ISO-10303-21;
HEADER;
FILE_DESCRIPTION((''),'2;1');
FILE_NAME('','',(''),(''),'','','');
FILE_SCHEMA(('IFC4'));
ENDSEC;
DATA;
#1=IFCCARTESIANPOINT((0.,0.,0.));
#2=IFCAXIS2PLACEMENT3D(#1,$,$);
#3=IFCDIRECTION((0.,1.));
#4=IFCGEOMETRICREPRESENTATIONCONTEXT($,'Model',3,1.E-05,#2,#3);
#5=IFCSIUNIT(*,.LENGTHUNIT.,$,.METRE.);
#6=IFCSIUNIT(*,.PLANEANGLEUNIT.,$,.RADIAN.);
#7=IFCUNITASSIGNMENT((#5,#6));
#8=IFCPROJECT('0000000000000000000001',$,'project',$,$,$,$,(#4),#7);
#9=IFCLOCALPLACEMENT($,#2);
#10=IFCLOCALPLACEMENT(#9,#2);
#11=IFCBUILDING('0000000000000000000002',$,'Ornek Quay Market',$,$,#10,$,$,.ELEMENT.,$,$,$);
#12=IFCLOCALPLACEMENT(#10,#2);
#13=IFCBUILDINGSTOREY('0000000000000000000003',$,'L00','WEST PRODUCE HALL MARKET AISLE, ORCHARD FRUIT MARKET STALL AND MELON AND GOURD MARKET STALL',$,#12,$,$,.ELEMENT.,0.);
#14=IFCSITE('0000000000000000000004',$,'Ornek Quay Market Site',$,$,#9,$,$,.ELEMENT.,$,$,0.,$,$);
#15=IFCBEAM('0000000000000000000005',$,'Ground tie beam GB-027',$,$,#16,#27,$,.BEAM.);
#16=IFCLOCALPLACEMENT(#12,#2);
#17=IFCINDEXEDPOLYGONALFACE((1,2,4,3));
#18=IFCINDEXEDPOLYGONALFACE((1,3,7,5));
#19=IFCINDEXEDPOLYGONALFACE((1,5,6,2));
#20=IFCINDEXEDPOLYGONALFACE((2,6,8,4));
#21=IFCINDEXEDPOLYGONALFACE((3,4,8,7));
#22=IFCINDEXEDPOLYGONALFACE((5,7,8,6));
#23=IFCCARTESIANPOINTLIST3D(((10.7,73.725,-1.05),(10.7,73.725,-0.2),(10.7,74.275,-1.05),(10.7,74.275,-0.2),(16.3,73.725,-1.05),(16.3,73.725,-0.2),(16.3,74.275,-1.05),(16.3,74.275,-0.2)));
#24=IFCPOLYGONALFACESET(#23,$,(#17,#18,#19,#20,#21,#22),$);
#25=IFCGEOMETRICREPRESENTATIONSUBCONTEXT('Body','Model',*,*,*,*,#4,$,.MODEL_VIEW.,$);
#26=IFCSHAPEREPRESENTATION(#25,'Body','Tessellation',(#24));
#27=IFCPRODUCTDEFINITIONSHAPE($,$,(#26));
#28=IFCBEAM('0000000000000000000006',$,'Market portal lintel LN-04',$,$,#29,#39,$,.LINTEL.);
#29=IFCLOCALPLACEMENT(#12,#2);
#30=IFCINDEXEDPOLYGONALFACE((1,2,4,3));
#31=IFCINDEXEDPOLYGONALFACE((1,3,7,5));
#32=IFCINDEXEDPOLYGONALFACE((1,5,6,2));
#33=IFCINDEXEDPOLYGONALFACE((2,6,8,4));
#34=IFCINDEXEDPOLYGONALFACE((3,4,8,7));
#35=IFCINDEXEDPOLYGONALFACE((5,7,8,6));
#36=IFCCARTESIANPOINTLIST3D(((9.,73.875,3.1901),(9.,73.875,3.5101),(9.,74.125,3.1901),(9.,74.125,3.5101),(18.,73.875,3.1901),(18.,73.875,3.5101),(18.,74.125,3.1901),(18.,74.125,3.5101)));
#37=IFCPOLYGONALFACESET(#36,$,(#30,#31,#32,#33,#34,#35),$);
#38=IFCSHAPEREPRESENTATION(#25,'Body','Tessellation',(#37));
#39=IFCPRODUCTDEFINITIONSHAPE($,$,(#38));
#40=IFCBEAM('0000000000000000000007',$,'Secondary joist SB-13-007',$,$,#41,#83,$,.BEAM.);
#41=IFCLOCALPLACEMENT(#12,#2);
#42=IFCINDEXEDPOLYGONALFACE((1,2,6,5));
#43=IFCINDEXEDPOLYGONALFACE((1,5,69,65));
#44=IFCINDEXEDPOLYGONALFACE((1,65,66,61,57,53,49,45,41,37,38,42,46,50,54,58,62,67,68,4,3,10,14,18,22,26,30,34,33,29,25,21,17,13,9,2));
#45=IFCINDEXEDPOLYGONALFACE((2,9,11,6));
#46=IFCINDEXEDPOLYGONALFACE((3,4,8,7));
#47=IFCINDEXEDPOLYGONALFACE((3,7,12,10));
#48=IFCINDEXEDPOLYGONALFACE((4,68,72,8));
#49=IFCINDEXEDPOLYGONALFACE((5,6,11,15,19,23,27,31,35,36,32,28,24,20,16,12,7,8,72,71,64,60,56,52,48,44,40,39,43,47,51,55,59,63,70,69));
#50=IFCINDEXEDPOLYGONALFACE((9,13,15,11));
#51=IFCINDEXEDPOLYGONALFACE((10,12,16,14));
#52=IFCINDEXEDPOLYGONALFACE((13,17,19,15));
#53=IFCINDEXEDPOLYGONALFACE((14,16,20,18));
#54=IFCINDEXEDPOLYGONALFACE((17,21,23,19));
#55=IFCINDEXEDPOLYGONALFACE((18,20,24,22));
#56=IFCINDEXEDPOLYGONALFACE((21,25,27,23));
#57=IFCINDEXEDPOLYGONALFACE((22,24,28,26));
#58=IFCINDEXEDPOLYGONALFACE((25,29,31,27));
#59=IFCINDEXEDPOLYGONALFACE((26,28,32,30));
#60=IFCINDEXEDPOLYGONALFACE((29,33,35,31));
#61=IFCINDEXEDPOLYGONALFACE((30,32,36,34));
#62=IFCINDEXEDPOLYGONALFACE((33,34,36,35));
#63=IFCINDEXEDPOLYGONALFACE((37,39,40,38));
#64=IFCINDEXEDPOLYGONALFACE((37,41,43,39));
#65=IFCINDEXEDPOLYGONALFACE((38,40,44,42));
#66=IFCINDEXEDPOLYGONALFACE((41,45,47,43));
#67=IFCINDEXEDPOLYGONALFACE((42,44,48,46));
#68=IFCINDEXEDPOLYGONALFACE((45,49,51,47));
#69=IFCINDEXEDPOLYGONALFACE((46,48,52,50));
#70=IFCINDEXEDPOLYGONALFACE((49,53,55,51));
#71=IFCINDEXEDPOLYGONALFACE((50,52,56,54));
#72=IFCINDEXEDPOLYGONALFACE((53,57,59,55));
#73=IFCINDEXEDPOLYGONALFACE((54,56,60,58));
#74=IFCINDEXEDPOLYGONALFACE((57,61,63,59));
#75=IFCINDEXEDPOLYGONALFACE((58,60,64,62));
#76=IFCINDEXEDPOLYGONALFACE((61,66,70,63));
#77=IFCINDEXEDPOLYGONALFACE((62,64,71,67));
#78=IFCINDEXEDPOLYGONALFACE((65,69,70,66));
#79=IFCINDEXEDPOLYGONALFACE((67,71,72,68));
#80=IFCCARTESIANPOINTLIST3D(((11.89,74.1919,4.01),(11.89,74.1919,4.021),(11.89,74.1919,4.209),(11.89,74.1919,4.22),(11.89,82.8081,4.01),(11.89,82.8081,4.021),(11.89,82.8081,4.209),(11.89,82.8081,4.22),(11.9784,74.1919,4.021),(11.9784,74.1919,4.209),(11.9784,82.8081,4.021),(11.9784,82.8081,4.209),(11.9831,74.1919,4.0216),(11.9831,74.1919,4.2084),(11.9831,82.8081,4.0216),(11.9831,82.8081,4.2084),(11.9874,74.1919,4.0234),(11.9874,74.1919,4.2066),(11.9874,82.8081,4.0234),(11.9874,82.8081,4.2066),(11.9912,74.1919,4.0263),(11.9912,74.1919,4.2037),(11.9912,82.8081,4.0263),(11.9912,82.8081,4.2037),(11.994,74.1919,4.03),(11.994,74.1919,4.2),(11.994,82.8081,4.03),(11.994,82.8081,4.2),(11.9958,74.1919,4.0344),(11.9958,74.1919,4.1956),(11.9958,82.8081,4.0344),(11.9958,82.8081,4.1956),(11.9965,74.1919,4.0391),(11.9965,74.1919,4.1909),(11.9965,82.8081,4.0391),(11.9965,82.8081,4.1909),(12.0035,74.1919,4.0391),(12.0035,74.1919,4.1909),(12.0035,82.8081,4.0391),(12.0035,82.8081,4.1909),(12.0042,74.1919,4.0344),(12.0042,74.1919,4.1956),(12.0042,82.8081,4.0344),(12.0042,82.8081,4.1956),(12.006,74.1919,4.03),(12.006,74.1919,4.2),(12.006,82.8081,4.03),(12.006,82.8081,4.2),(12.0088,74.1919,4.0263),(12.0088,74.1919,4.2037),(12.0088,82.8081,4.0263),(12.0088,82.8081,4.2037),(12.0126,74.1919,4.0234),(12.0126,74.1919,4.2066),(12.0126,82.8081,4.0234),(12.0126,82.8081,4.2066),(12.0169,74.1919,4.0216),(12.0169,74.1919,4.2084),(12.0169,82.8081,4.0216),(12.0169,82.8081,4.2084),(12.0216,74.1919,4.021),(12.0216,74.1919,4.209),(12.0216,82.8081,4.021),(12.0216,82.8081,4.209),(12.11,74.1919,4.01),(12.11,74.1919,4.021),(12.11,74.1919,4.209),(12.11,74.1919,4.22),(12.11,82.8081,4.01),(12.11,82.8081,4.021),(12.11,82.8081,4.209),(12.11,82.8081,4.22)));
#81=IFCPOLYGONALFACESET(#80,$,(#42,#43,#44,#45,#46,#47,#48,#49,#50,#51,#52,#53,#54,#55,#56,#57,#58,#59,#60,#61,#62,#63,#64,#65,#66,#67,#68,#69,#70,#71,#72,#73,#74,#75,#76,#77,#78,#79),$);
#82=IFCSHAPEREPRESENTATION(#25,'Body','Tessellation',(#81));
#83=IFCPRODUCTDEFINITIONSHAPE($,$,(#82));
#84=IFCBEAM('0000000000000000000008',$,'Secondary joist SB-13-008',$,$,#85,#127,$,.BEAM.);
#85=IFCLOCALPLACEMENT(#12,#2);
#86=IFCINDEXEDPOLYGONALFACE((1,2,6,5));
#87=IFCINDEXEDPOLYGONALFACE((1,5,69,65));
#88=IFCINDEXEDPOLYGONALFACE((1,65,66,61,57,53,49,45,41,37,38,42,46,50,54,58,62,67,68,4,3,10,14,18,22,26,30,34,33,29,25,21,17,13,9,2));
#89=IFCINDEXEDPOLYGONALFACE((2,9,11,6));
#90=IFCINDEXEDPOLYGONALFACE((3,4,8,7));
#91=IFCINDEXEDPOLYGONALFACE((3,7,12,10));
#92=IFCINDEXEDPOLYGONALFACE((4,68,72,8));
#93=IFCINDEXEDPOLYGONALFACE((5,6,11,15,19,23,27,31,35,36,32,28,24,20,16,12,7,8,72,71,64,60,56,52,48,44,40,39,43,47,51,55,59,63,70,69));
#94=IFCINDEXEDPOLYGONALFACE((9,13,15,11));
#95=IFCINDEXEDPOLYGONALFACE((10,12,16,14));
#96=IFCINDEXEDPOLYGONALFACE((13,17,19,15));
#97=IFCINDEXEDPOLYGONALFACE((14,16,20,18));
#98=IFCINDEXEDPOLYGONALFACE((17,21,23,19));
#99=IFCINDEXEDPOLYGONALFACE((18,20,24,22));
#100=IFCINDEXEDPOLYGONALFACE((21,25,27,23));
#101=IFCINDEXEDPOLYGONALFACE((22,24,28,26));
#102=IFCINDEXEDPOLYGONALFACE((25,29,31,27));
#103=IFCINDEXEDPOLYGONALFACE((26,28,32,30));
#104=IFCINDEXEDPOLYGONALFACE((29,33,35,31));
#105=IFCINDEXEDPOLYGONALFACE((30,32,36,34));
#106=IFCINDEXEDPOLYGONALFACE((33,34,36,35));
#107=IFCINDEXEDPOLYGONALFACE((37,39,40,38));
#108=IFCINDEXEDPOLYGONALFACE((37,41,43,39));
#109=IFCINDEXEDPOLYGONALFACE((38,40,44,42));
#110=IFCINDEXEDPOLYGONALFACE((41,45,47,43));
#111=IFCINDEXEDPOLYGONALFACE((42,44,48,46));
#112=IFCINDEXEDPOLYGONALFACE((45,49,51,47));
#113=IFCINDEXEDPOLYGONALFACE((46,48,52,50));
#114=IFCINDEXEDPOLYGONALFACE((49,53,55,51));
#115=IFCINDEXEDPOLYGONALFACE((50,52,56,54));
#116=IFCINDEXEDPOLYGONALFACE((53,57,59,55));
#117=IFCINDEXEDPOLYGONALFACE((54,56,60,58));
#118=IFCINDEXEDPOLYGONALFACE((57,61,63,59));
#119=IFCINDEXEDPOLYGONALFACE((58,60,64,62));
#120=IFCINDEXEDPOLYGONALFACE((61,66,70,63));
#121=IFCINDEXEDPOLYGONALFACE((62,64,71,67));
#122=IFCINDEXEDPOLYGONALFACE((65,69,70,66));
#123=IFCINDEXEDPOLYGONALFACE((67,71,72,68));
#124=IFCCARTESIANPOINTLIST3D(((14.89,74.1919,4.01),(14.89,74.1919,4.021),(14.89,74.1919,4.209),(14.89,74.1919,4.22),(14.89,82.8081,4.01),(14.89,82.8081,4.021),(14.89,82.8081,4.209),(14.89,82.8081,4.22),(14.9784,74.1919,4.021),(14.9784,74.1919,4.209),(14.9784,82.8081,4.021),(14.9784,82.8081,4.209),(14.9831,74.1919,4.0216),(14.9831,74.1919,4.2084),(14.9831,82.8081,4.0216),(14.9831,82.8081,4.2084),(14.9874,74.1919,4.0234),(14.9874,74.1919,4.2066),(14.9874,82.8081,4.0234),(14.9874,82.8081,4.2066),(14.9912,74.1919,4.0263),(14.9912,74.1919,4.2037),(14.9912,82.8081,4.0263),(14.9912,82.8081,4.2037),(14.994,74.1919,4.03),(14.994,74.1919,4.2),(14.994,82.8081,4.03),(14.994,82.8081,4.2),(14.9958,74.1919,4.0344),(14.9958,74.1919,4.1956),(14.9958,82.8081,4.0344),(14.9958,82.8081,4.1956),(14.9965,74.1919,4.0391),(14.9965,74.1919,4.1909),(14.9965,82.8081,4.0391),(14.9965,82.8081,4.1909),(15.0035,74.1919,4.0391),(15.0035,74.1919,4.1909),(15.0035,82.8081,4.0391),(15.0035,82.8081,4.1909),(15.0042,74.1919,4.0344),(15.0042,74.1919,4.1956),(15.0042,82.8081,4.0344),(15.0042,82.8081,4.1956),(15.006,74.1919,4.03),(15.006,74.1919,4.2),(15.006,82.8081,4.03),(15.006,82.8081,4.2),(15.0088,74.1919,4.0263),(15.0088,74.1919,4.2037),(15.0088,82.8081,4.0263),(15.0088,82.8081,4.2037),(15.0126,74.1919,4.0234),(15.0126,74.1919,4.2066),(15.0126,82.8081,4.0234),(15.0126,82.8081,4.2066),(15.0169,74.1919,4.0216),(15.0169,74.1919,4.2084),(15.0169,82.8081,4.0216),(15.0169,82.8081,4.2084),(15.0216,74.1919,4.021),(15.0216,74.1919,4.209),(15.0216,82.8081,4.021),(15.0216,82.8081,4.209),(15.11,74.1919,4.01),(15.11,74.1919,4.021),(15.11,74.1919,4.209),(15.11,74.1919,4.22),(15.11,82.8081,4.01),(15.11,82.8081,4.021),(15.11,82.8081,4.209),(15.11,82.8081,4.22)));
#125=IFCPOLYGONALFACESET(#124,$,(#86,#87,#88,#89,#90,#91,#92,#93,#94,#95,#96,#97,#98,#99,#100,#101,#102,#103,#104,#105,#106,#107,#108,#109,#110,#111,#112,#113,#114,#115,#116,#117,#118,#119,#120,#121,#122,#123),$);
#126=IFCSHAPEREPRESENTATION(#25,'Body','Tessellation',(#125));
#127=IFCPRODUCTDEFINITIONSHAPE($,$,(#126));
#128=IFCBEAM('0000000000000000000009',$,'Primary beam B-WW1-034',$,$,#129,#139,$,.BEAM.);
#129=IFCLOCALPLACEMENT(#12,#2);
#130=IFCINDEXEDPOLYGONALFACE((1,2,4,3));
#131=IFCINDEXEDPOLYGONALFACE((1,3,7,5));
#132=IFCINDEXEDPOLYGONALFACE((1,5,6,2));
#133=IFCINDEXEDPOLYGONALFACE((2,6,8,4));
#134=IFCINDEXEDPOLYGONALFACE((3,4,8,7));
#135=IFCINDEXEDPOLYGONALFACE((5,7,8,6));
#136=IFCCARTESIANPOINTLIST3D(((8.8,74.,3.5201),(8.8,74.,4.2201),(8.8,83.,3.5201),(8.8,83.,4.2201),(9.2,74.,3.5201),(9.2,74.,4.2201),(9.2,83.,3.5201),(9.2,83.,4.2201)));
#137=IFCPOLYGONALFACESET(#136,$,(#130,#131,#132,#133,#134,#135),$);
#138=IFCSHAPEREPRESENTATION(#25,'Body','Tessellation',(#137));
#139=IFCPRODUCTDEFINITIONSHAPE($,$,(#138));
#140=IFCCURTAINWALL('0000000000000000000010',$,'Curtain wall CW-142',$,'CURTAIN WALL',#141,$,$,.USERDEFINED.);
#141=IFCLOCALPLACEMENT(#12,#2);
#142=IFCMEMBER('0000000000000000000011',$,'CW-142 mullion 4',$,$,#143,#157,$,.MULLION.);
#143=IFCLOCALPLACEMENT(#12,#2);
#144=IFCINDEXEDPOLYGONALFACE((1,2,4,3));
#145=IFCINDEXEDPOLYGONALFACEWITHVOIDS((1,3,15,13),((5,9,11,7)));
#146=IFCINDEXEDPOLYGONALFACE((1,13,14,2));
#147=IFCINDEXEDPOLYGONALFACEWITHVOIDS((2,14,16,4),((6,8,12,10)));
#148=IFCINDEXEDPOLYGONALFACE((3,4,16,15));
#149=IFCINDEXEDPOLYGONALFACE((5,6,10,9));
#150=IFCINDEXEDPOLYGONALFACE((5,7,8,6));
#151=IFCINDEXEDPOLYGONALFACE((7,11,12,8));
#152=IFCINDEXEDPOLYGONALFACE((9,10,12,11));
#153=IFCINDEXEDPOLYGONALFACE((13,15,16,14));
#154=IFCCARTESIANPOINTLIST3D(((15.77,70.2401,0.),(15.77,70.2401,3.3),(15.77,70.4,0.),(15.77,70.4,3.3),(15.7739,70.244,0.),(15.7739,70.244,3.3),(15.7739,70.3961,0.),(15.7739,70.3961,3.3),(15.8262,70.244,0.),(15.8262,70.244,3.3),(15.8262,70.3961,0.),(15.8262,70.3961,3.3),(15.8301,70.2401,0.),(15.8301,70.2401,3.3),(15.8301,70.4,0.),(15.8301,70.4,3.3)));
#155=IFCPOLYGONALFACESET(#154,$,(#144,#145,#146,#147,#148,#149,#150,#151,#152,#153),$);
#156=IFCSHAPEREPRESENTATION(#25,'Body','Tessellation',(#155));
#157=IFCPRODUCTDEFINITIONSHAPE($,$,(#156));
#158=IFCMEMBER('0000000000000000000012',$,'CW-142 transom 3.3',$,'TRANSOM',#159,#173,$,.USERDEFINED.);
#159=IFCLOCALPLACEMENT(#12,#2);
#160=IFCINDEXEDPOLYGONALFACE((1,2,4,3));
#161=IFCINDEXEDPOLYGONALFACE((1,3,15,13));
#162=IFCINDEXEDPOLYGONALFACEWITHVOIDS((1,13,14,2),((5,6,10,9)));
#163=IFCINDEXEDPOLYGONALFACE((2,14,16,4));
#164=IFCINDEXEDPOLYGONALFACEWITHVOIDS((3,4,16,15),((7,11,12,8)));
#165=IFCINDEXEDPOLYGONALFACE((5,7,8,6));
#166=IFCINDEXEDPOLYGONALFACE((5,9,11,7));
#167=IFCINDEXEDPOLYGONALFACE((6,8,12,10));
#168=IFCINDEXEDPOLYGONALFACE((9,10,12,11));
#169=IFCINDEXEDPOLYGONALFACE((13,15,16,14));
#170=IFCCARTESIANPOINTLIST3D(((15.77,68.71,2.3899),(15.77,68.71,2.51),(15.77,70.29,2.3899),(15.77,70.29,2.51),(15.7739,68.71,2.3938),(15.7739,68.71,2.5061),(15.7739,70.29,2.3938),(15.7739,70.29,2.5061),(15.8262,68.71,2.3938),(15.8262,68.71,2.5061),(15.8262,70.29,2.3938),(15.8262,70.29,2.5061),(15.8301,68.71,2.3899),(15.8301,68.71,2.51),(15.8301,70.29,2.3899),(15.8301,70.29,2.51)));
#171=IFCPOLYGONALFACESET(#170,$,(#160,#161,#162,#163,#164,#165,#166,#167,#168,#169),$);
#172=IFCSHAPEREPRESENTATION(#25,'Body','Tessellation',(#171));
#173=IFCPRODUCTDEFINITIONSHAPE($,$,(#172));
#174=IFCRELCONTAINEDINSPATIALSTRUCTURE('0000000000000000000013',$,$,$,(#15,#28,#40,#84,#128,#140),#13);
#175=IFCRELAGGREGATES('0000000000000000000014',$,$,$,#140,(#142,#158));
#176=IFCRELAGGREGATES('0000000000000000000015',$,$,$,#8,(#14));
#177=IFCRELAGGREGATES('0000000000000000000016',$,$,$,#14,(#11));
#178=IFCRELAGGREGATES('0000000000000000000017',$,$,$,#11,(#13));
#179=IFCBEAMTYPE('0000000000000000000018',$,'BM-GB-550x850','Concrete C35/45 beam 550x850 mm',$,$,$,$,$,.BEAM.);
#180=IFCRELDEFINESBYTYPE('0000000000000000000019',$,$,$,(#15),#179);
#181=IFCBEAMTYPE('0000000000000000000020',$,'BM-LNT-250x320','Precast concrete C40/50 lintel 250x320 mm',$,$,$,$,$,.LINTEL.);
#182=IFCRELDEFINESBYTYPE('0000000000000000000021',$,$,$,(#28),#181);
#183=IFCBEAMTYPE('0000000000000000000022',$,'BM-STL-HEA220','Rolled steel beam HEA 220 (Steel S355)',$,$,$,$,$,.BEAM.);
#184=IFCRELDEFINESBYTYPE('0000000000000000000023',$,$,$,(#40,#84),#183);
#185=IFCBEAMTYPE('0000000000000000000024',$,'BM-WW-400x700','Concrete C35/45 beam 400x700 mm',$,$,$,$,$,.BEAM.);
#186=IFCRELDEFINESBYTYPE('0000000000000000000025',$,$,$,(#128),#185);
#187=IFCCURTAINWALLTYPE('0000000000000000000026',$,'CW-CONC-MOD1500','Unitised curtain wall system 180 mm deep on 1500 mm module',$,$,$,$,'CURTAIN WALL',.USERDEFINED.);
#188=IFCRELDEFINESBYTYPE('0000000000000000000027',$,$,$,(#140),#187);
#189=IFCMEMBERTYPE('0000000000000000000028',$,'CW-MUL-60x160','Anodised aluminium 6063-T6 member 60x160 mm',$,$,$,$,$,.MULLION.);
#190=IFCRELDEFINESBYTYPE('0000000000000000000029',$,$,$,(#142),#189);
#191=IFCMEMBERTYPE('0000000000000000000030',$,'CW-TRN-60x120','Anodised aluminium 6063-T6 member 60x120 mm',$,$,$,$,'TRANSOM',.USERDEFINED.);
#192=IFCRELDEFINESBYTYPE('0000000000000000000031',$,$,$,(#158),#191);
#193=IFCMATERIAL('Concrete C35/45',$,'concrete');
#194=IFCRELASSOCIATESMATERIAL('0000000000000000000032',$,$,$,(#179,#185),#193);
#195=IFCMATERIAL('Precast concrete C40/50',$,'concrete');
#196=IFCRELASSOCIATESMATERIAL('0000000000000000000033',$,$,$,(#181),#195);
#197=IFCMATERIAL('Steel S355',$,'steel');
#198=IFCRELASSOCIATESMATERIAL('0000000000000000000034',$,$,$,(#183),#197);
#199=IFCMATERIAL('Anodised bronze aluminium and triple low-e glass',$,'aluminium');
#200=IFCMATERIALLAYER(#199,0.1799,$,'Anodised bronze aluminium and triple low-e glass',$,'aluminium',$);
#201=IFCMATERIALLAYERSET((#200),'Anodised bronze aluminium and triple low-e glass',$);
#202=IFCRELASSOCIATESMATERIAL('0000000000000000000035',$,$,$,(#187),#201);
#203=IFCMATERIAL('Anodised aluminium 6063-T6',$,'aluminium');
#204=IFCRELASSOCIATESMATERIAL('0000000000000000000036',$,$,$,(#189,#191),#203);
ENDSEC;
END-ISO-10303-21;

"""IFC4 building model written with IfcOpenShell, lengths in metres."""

from ifc_helpers import new_model, si_unit, direction, frame, origin, origin_2d, place, context, subcontext, project, spatial, rectangle, hollow_rectangle, i_section, extrude, material, layer, layer_set, material_profile, profile_set, type_object, element, aggregate, save


model = new_model("IFC4")

# Units and contexts
model_context = context("Model", 3, precision=1e-05, world=origin(), true_north=direction((0.0, 1.0)))
body_context = subcontext(model_context, "Body", "Model", "MODEL_VIEW")
ifc_project = project(units=[si_unit("LENGTHUNIT", "METRE"), si_unit("PLANEANGLEUNIT", "RADIAN")], contexts=[model_context])

# Site, building, storey
site_placement = place(None, origin())
site = spatial("IfcSite", under=ifc_project, at=site_placement, Name="Ornek Quay Market Site", CompositionType="ELEMENT", RefElevation=0.0)
building_placement = place(site_placement, origin())
building = spatial("IfcBuilding", under=site, at=building_placement, Name="Ornek Quay Market", CompositionType="ELEMENT")
storey_placement = place(building_placement, origin())
storey = spatial("IfcBuildingStorey", under=building, at=storey_placement, Name="L00", Description="WEST PRODUCE HALL MARKET AISLE, ORCHARD FRUIT MARKET STALL AND MELON AND GOURD MARKET STALL", CompositionType="ELEMENT", Elevation=0.0)

# Shared definitions
ifc_material_1 = material(Name="Concrete C35/45", Category="concrete")

# Shared definitions
ifc_material_2 = material(Name="Steel S355", Category="steel")

# Beams
ifc_material_profile_1 = material_profile(ifc_material_1, rectangle(XDim=0.55, YDim=0.8501, at=origin_2d()), Name="RC 550x850", Category="concrete")
ifc_profile_set_1 = profile_set([ifc_material_profile_1], Name="Concrete C35/45")
beam_type_1 = type_object("IfcBeamType", Name="BM-GB-550x850", Description="Concrete C35/45 beam 550x850 mm", PredefinedType="BEAM", material=ifc_profile_set_1)
beam_1_placement = place(storey_placement, frame((10.7, 74.0, -0.625), z_axis=(1.0, 0.0, 0.0), x_axis=(0.0, 1.0, 0.0)))
element("IfcBeam", 1, at=beam_1_placement, inside=storey, type_object=beam_type_1, Name="Ground tie beam GB-027", PredefinedType="BEAM", context=body_context, shape_type="SweptSolid", body=[
    extrude(rectangle(XDim=0.55, YDim=0.8501, at=origin_2d()), origin(), (0.0, 0.0, 1.0), 5.6001),
])
ifc_material_3 = material(Name="Precast concrete C40/50", Category="concrete")
ifc_material_profile_2 = material_profile(ifc_material_3, rectangle(XDim=0.25, YDim=0.3201, at=origin_2d()), Name="RC 250x320", Category="concrete")
ifc_profile_set_2 = profile_set([ifc_material_profile_2], Name="Precast concrete C40/50")
beam_type_2 = type_object("IfcBeamType", Name="BM-LNT-250x320", Description="Precast concrete C40/50 lintel 250x320 mm", PredefinedType="LINTEL", material=ifc_profile_set_2)
beam_2_placement = place(storey_placement, frame((9.0, 74.0, 3.3501), z_axis=(1.0, 0.0, 0.0), x_axis=(0.0, 1.0, 0.0)))
element("IfcBeam", 2, at=beam_2_placement, inside=storey, type_object=beam_type_2, Name="Market portal lintel LN-04", PredefinedType="LINTEL", context=body_context, shape_type="SweptSolid", body=[
    extrude(rectangle(XDim=0.25, YDim=0.3201, at=origin_2d()), origin(), (0.0, 0.0, 1.0), 9.0),
])
ifc_material_profile_3 = material_profile(ifc_material_2, i_section(OverallWidth=0.22, OverallDepth=0.21, WebThickness=0.0071, FlangeThickness=0.011, FilletRadius=0.0181, at=origin_2d()), Name="HEA 220", Category="steel")
ifc_profile_set_3 = profile_set([ifc_material_profile_3], Name="Steel S355")
beam_type_3 = type_object("IfcBeamType", Name="BM-STL-HEA220", Description="Rolled steel beam HEA 220 (Steel S355)", PredefinedType="BEAM", material=ifc_profile_set_3)
for number, where, z_axis, x_axis, name in (
    (3, (12.0, 74.1919, 4.115), (0.0, 1.0, 0.0), (-1.0, 0.0, 0.0), "Secondary joist SB-13-007"),
    (4, (15.0, 74.1919, 4.115), (0.0, 1.0, 0.0), (-1.0, 0.0, 0.0), "Secondary joist SB-13-008"),
):
    element("IfcBeam", number, at=place(storey_placement, frame(where, z_axis=z_axis, x_axis=x_axis)), inside=storey, type_object=beam_type_3, Name=name, PredefinedType="BEAM", context=body_context, shape_type="SweptSolid", body=[
        extrude(i_section(OverallWidth=0.22, OverallDepth=0.21, WebThickness=0.0071, FlangeThickness=0.011, FilletRadius=0.0181, at=origin_2d()), origin(), (0.0, 0.0, 1.0), 8.6162),
    ])
ifc_material_profile_4 = material_profile(ifc_material_1, rectangle(XDim=0.3999, YDim=0.7, at=origin_2d()), Name="RC 400x700", Category="concrete")
ifc_profile_set_4 = profile_set([ifc_material_profile_4], Name="Concrete C35/45")
beam_type_4 = type_object("IfcBeamType", Name="BM-WW-400x700", Description="Concrete C35/45 beam 400x700 mm", PredefinedType="BEAM", material=ifc_profile_set_4)
beam_3_placement = place(storey_placement, frame((9.0, 74.0, 3.8701), z_axis=(0.0, 1.0, 0.0), x_axis=(-1.0, 0.0, 0.0)))
element("IfcBeam", 5, at=beam_3_placement, inside=storey, type_object=beam_type_4, Name="Primary beam B-WW1-034", PredefinedType="BEAM", context=body_context, shape_type="SweptSolid", body=[
    extrude(rectangle(XDim=0.3999, YDim=0.7, at=origin_2d()), origin(), (0.0, 0.0, 1.0), 9.0),
])

# Curtain wall, members
ifc_material_4 = material(Name="Anodised bronze aluminium and triple low-e glass", Category="aluminium")
ifc_layer_1 = layer(ifc_material_4, 0.1799, Name="Anodised bronze aluminium and triple low-e glass", Category="aluminium")
ifc_layer_set_1 = layer_set([ifc_layer_1], Name="Anodised bronze aluminium and triple low-e glass")
curtain_wall_type = type_object("IfcCurtainWallType", Name="CW-CONC-MOD1500", Description="Unitised curtain wall system 180 mm deep on 1500 mm module", ElementType="CURTAIN WALL", PredefinedType="USERDEFINED", material=ifc_layer_set_1)
curtain_wall_placement = place(storey_placement, origin())
curtain_wall = element("IfcCurtainWall", 6, at=curtain_wall_placement, inside=storey, type_object=curtain_wall_type, Name="Curtain wall CW-142", ObjectType="CURTAIN WALL", PredefinedType="USERDEFINED")
ifc_material_5 = material(Name="Anodised aluminium 6063-T6", Category="aluminium")
ifc_material_profile_5 = material_profile(ifc_material_5, hollow_rectangle(XDim=0.0601, YDim=0.1599, WallThickness=0.0039, at=origin_2d()), Name="CW-MUL-60x160", Category="aluminium")
ifc_profile_set_5 = profile_set([ifc_material_profile_5], Name="Anodised aluminium 6063-T6")
member_type_1 = type_object("IfcMemberType", Name="CW-MUL-60x160", Description="Anodised aluminium 6063-T6 member 60x160 mm", PredefinedType="MULLION", material=ifc_profile_set_5)
member_1_placement = place(storey_placement, frame((15.8, 70.3201, 0.0), z_axis=(0.0, 0.0, 1.0), x_axis=(-1.0, 0.0, 0.0)))
member_1 = element("IfcMember", 7, at=member_1_placement, type_object=member_type_1, Name="CW-142 mullion 4", PredefinedType="MULLION", context=body_context, shape_type="SweptSolid", body=[
    extrude(hollow_rectangle(XDim=0.0601, YDim=0.1599, WallThickness=0.0039, at=origin_2d()), origin(), (0.0, 0.0, 1.0), 3.3),
])
ifc_material_profile_6 = material_profile(ifc_material_5, hollow_rectangle(XDim=0.0601, YDim=0.1201, WallThickness=0.0039, at=origin_2d()), Name="CW-TRN-60x120", Category="aluminium")
ifc_profile_set_6 = profile_set([ifc_material_profile_6], Name="Anodised aluminium 6063-T6")
member_type_2 = type_object("IfcMemberType", Name="CW-TRN-60x120", Description="Anodised aluminium 6063-T6 member 60x120 mm", ElementType="TRANSOM", PredefinedType="USERDEFINED", material=ifc_profile_set_6)
member_2_placement = place(storey_placement, frame((15.8, 68.71, 2.45), z_axis=(0.0, 1.0, 0.0), x_axis=(-1.0, 0.0, 0.0)))
member_2 = element("IfcMember", 8, at=member_2_placement, type_object=member_type_2, Name="CW-142 transom 3.3", ObjectType="TRANSOM", PredefinedType="USERDEFINED", context=body_context, shape_type="SweptSolid", body=[
    extrude(hollow_rectangle(XDim=0.0601, YDim=0.1201, WallThickness=0.0039, at=origin_2d()), origin(), (0.0, 0.0, 1.0), 1.5801),
])

aggregate(curtain_wall, [member_1, member_2])

save(model, "model.ifc")
